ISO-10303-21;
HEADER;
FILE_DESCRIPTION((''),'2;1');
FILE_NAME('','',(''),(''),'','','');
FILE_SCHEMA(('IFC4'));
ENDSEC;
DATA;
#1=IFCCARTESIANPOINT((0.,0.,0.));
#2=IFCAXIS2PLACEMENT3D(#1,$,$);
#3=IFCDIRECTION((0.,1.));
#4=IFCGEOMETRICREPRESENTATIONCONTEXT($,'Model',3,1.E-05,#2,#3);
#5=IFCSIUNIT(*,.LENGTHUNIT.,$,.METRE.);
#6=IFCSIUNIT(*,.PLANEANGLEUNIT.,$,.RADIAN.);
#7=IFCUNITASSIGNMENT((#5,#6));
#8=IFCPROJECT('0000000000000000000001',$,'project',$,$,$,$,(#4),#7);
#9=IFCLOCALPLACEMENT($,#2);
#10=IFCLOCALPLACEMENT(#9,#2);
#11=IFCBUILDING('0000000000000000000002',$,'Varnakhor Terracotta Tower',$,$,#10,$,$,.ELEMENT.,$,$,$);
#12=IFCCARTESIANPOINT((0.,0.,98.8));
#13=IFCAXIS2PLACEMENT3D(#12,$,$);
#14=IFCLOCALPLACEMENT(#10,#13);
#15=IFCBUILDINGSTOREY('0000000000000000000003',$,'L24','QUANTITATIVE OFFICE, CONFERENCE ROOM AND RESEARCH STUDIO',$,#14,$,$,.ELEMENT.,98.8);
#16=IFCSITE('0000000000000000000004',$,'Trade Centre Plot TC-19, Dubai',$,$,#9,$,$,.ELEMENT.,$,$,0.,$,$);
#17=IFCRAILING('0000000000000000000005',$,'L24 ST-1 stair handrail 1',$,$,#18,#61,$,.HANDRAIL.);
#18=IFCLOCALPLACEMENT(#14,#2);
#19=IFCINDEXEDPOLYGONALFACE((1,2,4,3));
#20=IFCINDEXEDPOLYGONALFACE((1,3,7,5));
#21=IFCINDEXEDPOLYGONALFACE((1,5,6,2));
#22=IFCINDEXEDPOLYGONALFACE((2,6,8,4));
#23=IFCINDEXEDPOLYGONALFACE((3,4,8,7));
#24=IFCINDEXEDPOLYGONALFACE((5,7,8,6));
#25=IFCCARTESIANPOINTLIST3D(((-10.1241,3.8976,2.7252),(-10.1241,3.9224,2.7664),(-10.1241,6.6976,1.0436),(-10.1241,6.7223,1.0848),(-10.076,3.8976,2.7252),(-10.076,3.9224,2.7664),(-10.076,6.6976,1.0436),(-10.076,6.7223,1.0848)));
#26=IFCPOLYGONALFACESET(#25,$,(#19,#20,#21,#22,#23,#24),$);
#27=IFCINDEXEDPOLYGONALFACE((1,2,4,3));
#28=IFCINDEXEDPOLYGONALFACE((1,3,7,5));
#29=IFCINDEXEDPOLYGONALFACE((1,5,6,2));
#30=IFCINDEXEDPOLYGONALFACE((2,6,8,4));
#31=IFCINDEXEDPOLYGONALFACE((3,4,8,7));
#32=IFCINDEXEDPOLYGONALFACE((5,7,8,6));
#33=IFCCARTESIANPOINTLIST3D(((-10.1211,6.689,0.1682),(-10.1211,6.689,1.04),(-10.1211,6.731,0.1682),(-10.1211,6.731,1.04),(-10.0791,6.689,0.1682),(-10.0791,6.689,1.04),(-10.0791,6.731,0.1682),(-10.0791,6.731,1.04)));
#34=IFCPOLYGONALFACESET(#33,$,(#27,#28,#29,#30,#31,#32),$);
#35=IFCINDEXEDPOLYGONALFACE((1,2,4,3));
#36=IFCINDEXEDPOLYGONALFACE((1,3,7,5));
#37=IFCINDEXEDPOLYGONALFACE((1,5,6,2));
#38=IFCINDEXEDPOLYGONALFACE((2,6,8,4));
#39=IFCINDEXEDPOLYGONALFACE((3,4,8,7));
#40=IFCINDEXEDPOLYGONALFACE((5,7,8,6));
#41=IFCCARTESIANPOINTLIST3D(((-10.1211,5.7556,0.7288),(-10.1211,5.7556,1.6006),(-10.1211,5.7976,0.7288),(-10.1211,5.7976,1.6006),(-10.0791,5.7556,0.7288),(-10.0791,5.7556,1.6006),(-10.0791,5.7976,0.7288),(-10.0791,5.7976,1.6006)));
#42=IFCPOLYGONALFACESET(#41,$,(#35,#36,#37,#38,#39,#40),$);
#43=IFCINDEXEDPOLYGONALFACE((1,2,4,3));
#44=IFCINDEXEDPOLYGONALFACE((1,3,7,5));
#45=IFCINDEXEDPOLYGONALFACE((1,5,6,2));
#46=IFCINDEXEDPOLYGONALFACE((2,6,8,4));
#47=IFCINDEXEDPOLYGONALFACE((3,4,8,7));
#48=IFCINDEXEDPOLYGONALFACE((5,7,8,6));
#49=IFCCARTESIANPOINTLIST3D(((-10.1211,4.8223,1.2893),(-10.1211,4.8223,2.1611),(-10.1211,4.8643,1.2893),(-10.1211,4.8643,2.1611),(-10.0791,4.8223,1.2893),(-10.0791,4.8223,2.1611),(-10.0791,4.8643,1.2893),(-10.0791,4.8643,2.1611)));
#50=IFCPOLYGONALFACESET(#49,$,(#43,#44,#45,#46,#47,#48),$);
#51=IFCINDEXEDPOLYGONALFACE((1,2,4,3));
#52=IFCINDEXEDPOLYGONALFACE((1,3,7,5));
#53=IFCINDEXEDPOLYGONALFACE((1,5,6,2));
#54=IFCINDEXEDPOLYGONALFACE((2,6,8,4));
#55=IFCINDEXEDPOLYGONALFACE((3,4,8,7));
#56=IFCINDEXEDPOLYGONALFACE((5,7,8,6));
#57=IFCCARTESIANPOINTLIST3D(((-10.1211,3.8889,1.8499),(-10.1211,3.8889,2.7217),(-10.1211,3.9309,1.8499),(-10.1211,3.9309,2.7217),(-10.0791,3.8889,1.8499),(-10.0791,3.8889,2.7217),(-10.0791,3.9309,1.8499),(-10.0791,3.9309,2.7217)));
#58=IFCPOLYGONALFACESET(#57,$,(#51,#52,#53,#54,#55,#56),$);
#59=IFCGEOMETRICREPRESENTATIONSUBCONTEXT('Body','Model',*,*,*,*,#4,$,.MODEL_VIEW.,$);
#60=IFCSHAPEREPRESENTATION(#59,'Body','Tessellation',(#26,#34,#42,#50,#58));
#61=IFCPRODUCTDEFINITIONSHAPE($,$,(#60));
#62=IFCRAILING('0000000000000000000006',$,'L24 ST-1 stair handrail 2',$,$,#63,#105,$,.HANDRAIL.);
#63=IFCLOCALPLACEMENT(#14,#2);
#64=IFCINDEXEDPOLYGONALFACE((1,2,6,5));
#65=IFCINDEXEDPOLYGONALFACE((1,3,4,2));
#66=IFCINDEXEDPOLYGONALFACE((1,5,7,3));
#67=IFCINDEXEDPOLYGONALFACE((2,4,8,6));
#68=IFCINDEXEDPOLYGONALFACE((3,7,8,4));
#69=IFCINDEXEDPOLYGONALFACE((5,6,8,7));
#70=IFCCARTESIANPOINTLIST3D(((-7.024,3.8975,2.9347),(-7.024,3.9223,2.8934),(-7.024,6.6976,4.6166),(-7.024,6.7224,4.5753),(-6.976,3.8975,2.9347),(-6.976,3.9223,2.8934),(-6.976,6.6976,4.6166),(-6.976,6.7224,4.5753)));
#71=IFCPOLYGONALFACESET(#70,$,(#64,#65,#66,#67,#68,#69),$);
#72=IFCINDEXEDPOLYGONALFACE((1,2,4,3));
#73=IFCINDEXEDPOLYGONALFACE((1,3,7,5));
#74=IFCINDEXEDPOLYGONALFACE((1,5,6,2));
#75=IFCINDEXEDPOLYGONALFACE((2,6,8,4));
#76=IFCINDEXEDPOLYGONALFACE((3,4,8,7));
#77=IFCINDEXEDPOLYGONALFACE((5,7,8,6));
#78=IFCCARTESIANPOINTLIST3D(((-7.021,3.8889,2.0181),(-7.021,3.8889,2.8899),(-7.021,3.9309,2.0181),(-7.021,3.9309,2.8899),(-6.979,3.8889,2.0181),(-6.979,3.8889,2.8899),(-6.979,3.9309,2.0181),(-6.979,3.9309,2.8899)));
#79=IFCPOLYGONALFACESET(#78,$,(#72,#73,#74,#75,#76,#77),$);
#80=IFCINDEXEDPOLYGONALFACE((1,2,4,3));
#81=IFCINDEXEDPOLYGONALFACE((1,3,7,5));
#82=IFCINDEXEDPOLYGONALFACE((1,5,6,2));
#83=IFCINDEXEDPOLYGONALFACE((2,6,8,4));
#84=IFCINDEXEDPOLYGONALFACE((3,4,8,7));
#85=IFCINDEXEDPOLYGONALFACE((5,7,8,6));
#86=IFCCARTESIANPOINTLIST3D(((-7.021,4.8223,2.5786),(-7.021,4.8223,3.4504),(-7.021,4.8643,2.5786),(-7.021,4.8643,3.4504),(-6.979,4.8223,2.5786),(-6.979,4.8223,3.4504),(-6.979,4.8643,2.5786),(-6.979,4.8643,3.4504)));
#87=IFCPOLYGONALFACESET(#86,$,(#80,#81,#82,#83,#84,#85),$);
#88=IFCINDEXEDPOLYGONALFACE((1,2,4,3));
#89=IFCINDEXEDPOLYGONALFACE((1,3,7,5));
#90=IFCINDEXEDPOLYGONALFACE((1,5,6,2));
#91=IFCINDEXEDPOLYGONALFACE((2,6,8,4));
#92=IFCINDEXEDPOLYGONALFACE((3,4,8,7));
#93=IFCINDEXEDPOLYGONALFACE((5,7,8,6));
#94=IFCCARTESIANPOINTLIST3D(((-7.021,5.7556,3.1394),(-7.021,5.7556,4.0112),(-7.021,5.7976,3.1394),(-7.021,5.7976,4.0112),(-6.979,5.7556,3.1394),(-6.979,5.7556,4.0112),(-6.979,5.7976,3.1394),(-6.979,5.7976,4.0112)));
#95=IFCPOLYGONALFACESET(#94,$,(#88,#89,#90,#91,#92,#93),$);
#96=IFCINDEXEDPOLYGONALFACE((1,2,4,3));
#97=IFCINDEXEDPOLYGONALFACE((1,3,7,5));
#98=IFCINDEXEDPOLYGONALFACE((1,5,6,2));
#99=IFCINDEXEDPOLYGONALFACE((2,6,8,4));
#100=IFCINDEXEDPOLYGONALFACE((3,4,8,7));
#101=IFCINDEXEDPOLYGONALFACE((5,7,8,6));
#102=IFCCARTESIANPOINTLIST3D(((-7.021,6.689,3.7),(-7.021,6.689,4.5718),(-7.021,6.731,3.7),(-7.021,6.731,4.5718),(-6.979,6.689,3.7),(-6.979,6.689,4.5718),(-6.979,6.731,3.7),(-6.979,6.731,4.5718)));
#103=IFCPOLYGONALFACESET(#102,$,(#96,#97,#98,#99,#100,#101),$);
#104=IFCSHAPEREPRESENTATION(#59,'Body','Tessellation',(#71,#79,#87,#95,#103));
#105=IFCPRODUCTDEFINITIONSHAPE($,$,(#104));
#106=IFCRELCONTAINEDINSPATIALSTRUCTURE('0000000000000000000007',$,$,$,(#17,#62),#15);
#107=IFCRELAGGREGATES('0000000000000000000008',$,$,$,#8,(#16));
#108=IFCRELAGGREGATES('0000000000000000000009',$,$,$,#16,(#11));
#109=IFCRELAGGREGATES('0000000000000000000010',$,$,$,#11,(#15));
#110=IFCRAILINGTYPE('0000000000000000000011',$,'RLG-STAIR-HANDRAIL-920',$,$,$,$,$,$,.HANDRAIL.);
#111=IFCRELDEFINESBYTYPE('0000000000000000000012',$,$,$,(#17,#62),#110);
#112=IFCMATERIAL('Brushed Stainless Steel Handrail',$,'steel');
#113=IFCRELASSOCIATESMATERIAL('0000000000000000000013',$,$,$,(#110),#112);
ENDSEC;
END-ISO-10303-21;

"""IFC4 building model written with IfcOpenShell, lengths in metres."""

from ifc_helpers import new_model, si_unit, direction, frame, origin, origin_2d, place, context, subcontext, project, spatial, rectangle, extrude, material, type_object, element, save


model = new_model("IFC4")

# Units and contexts
model_context = context("Model", 3, precision=1e-05, world=origin(), true_north=direction((0.0, 1.0)))
body_context = subcontext(model_context, "Body", "Model", "MODEL_VIEW")
ifc_project = project(units=[si_unit("LENGTHUNIT", "METRE"), si_unit("PLANEANGLEUNIT", "RADIAN")], contexts=[model_context])

# Site, building, storey
site_placement = place(None, origin())
site = spatial("IfcSite", under=ifc_project, at=site_placement, Name="Trade Centre Plot TC-19, Dubai", CompositionType="ELEMENT", RefElevation=0.0)
building_placement = place(site_placement, origin())
building = spatial("IfcBuilding", under=site, at=building_placement, Name="Varnakhor Terracotta Tower", CompositionType="ELEMENT")
storey_placement = place(building_placement, frame((0.0, 0.0, 98.8)))
storey = spatial("IfcBuildingStorey", under=building, at=storey_placement, Name="L24", Description="QUANTITATIVE OFFICE, CONFERENCE ROOM AND RESEARCH STUDIO", CompositionType="ELEMENT", Elevation=98.8)

# Railings
ifc_material_1 = material(Name="Brushed Stainless Steel Handrail", Category="steel")
railing_type_1 = type_object("IfcRailingType", Name="RLG-STAIR-HANDRAIL-920", PredefinedType="HANDRAIL", material=ifc_material_1)
railing_1_placement = place(storey_placement, frame((-10.1001, 6.71, 0.1682)))
element("IfcRailing", 1, at=railing_1_placement, inside=storey, type_object=railing_type_1, Name="L24 ST-1 stair handrail 1", PredefinedType="HANDRAIL", context=body_context, shape_type="SweptSolid", body=[
    extrude(rectangle(XDim=0.0481, YDim=0.0481, at=origin_2d()), frame((0.0, 0.0, 0.896), z_axis=(0.0, -0.857275, 0.514858), x_axis=(1.0, 0.0, 0.0)), (0.0, 0.0, 1.0), 3.2661),
    extrude(rectangle(XDim=0.042, YDim=0.042, at=origin_2d()), origin(), (0.0, 0.0, 1.0), 0.8718),
    extrude(rectangle(XDim=0.042, YDim=0.042, at=origin_2d()), frame((0.0, -0.9333, 0.5605)), (0.0, 0.0, 1.0), 0.8718),
    extrude(rectangle(XDim=0.042, YDim=0.042, at=origin_2d()), frame((0.0, -1.8667, 1.1211)), (0.0, 0.0, 1.0), 0.8718),
    extrude(rectangle(XDim=0.042, YDim=0.042, at=origin_2d()), frame((0.0, -2.8, 1.6816)), (0.0, 0.0, 1.0), 0.8718),
])
railing_2_placement = place(storey_placement, frame((-7.0, 3.9099, 2.0181)))
element("IfcRailing", 2, at=railing_2_placement, inside=storey, type_object=railing_type_1, Name="L24 ST-1 stair handrail 2", PredefinedType="HANDRAIL", context=body_context, shape_type="SweptSolid", body=[
    extrude(rectangle(XDim=0.0481, YDim=0.0481, at=origin_2d()), frame((0.0, 0.0, 0.896), z_axis=(0.0, 0.857242, 0.514913), x_axis=(-1.0, 0.0, 0.0)), (0.0, 0.0, 1.0), 3.2664),
    extrude(rectangle(XDim=0.042, YDim=0.042, at=origin_2d()), origin(), (0.0, 0.0, 1.0), 0.8718),
    extrude(rectangle(XDim=0.042, YDim=0.042, at=origin_2d()), frame((0.0, 0.9333, 0.5605)), (0.0, 0.0, 1.0), 0.8718),
    extrude(rectangle(XDim=0.042, YDim=0.042, at=origin_2d()), frame((0.0, 1.8667, 1.1213)), (0.0, 0.0, 1.0), 0.8718),
    extrude(rectangle(XDim=0.042, YDim=0.042, at=origin_2d()), frame((0.0, 2.8, 1.6819)), (0.0, 0.0, 1.0), 0.8718),
])

save(model, "model.ifc")
